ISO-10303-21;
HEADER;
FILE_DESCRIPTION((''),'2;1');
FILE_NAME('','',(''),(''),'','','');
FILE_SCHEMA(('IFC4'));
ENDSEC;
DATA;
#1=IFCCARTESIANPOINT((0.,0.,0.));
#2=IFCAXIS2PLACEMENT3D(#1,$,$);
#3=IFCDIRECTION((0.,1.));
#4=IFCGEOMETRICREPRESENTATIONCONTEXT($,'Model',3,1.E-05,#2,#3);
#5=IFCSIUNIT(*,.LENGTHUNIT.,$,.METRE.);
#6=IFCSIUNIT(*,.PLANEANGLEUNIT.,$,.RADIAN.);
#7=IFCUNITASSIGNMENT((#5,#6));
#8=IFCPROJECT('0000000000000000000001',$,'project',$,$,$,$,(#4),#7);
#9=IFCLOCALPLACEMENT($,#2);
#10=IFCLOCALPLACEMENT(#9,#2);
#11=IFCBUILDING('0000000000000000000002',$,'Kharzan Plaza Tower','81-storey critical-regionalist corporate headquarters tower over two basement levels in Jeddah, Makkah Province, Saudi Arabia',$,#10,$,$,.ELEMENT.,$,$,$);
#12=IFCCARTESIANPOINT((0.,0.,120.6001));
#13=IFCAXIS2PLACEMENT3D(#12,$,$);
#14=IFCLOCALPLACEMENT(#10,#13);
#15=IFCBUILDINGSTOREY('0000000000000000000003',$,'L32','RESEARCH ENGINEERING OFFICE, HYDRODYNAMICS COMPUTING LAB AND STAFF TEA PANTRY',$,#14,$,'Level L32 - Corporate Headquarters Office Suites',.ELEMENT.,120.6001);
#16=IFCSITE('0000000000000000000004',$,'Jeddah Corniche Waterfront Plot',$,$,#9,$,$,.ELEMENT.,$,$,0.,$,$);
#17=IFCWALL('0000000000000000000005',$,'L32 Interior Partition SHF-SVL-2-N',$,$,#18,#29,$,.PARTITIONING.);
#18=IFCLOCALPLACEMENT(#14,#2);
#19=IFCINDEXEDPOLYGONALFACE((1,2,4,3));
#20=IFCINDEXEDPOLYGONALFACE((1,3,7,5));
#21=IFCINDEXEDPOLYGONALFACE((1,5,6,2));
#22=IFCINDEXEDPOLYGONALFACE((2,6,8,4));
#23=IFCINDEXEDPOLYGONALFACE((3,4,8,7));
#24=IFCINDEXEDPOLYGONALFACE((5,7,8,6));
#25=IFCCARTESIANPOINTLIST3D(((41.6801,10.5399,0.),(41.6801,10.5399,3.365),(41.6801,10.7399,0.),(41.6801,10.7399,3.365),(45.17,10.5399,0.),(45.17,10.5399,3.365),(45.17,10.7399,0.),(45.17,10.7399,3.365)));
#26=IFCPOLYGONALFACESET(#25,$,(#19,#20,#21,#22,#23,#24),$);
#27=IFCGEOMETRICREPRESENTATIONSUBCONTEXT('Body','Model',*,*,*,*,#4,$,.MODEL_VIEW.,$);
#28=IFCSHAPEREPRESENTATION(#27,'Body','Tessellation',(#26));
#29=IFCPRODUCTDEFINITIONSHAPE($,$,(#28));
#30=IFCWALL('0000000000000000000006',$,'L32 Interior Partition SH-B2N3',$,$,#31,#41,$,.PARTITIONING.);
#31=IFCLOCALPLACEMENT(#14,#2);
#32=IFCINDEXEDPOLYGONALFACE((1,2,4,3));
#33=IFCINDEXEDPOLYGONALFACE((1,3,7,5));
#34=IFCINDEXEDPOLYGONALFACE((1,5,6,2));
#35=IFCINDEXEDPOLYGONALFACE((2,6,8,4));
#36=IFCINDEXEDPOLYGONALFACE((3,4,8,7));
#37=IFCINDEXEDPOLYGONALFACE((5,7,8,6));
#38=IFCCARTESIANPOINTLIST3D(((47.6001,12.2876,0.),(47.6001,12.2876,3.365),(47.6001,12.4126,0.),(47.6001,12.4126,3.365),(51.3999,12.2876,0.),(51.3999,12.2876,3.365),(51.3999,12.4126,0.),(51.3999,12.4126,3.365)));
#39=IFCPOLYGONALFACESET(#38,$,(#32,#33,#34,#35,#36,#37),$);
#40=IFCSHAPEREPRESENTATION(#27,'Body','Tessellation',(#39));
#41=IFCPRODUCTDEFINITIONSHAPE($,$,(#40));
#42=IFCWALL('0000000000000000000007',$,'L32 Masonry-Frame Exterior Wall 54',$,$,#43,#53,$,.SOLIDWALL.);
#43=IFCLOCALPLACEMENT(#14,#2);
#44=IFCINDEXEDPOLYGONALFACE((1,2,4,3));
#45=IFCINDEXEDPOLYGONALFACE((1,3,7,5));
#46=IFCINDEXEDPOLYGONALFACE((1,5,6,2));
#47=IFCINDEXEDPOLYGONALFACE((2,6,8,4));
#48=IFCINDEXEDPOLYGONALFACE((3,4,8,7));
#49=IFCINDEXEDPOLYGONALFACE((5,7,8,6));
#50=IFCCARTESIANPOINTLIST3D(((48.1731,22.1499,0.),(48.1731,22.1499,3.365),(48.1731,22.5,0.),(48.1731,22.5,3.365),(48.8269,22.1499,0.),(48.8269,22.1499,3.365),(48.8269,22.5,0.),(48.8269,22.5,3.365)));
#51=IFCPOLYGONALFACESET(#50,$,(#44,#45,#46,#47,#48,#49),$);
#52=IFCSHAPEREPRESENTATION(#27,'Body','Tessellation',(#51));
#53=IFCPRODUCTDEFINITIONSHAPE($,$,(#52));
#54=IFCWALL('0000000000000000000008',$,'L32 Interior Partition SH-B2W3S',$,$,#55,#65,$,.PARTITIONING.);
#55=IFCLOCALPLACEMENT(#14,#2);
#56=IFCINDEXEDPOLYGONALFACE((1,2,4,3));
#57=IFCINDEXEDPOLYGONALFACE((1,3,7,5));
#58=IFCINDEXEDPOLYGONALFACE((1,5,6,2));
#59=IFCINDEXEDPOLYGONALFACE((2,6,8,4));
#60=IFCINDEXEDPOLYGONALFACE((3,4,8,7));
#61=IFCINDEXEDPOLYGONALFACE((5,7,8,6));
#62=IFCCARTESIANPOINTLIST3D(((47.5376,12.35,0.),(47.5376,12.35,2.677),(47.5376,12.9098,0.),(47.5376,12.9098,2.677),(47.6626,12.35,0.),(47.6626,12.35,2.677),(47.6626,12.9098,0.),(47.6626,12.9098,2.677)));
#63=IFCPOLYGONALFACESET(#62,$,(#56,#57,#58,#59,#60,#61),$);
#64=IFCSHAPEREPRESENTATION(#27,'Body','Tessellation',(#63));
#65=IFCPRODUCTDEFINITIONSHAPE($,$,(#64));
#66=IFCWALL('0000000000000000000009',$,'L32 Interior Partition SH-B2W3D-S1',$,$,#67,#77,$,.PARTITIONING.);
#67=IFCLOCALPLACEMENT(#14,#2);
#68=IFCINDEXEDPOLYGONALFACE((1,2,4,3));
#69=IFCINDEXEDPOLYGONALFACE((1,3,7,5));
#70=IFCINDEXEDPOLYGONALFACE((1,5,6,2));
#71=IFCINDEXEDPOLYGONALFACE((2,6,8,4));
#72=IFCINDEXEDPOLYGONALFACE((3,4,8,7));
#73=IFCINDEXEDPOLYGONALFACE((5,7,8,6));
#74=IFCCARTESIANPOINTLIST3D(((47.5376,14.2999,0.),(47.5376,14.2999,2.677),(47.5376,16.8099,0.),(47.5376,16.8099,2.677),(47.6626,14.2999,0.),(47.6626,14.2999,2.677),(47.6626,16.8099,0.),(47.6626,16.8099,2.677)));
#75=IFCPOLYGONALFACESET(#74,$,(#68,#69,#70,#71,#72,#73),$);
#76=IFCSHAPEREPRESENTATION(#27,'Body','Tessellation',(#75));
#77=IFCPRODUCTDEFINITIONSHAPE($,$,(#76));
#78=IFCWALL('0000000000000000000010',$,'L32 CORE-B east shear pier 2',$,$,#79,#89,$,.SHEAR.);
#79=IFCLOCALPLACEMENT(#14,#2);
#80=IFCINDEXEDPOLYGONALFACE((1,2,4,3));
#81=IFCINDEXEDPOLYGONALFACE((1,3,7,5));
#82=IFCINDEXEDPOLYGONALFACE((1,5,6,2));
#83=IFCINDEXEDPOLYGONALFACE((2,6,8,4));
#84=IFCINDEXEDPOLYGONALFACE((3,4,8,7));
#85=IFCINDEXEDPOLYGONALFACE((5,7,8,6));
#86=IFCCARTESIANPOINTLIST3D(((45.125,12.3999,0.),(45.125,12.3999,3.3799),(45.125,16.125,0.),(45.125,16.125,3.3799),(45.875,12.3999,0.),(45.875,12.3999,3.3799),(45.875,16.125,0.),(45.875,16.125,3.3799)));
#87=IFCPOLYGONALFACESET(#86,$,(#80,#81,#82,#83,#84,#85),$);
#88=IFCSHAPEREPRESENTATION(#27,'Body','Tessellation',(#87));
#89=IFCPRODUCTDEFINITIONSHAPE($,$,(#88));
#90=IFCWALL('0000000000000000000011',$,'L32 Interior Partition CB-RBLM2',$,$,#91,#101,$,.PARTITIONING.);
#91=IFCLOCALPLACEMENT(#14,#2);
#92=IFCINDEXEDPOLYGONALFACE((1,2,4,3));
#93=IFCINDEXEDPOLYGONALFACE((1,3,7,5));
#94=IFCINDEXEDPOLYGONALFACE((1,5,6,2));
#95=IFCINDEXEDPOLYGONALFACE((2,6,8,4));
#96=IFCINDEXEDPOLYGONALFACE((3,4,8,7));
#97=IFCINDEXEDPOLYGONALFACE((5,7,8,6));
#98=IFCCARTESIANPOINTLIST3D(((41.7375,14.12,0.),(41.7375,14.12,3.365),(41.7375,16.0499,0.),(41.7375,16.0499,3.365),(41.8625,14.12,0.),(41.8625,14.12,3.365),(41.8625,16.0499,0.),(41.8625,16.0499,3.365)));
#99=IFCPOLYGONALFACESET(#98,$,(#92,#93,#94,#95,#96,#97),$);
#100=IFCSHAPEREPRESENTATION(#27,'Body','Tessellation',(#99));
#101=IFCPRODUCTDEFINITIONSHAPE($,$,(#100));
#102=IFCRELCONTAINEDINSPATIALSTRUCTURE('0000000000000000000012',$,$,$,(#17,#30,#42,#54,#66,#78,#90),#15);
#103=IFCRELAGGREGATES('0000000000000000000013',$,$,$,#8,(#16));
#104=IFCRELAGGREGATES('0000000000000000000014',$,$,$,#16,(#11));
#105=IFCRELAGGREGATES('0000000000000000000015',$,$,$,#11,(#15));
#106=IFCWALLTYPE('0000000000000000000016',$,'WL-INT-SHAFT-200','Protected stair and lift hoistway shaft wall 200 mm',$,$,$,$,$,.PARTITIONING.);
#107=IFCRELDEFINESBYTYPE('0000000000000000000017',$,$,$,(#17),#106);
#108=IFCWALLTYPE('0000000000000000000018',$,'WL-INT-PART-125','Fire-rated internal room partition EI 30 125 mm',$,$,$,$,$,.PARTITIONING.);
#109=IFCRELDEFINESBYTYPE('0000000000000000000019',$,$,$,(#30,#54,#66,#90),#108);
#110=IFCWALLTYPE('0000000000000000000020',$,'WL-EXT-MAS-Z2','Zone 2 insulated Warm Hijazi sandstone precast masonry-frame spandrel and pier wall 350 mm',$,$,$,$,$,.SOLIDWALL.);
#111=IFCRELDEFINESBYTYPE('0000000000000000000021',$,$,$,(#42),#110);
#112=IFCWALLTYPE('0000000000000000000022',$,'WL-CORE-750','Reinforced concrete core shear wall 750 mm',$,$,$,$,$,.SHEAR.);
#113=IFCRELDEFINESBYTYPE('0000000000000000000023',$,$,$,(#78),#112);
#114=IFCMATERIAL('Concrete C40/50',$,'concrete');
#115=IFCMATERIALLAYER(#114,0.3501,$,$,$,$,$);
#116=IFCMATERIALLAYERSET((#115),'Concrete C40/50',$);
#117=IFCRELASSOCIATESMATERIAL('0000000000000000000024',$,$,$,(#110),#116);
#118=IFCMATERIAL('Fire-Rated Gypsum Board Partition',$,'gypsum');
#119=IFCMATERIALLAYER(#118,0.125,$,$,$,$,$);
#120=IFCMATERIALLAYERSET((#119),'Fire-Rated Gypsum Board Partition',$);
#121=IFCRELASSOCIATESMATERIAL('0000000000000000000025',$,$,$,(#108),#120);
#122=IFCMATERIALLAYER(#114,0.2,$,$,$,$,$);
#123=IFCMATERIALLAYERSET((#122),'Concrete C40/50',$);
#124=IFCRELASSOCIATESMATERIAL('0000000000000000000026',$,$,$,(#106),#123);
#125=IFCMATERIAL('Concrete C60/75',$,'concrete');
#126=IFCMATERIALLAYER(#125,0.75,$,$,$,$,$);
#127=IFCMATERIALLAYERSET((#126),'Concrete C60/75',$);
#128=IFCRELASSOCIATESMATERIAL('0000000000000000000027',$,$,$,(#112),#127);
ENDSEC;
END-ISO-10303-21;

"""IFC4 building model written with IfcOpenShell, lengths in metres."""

from ifc_helpers import new_model, si_unit, direction, frame, frame_2d, origin, place, context, subcontext, project, spatial, rectangle, extrude, source, transform, mapped, material, layer, layer_set, type_object, element, save


model = new_model("IFC4")

# Units and contexts
model_context = context("Model", 3, precision=1e-05, world=origin(), true_north=direction((0.0, 1.0)))
body_context = subcontext(model_context, "Body", "Model", "MODEL_VIEW")
ifc_project = project(units=[si_unit("LENGTHUNIT", "METRE"), si_unit("PLANEANGLEUNIT", "RADIAN")], contexts=[model_context])

# Site, building, storey
site_placement = place(None, origin())
site = spatial("IfcSite", under=ifc_project, at=site_placement, Name="Jeddah Corniche Waterfront Plot", CompositionType="ELEMENT", RefElevation=0.0)
building_placement = place(site_placement, origin())
building = spatial("IfcBuilding", under=site, at=building_placement, Name="Kharzan Plaza Tower", Description="81-storey critical-regionalist corporate headquarters tower over two basement levels in Jeddah, Makkah Province, Saudi Arabia", CompositionType="ELEMENT")
storey_placement = place(building_placement, frame((0.0, 0.0, 120.6001)))
storey = spatial("IfcBuildingStorey", under=building, at=storey_placement, Name="L32", Description="RESEARCH ENGINEERING OFFICE, HYDRODYNAMICS COMPUTING LAB AND STAFF TEA PANTRY", LongName="Level L32 - Corporate Headquarters Office Suites", CompositionType="ELEMENT", Elevation=120.6001)

# Shared definitions
ifc_material_1 = material(Name="Concrete C60/75", Category="concrete")

# Shared definitions
ifc_material_2 = material(Name="Concrete C40/50", Category="concrete")
ifc_layer_1 = layer(ifc_material_2, 0.3501)
ifc_layer_set_1 = layer_set([ifc_layer_1], Name="Concrete C40/50")
wall_type_1 = type_object("IfcWallType", Name="WL-EXT-MAS-Z2", Description="Zone 2 insulated Warm Hijazi sandstone precast masonry-frame spandrel and pier wall 350 mm", PredefinedType="SOLIDWALL", material=ifc_layer_set_1)

# Shared definitions
ifc_material_3 = material(Name="Fire-Rated Gypsum Board Partition", Category="gypsum")
ifc_layer_2 = layer(ifc_material_3, 0.125)
ifc_layer_set_2 = layer_set([ifc_layer_2], Name="Fire-Rated Gypsum Board Partition")
wall_type_2 = type_object("IfcWallType", Name="WL-INT-PART-125", Description="Fire-rated internal room partition EI 30 125 mm", PredefinedType="PARTITIONING", material=ifc_layer_set_2)

# Walls
ifc_layer_3 = layer(ifc_material_2, 0.2)
ifc_layer_set_3 = layer_set([ifc_layer_3], Name="Concrete C40/50")
wall_type_3 = type_object("IfcWallType", Name="WL-INT-SHAFT-200", Description="Protected stair and lift hoistway shaft wall 200 mm", PredefinedType="PARTITIONING", material=ifc_layer_set_3)
shared_shape_1 = source(origin(), body_context, "Body", "SweptSolid", [
    extrude(rectangle(XDim=3.49, YDim=0.2, at=frame_2d((1.7451, 0.0))), origin(), (0.0, 0.0, 1.0), 3.365),
])
wall_1_placement = place(storey_placement, frame((41.6799, 10.6399, 0.0), z_axis=(0.0, 0.0, 1.0), x_axis=(1.0, 0.0, 0.0)))
element("IfcWall", 1, at=wall_1_placement, inside=storey, type_object=wall_type_3, Name="L32 Interior Partition SHF-SVL-2-N", PredefinedType="PARTITIONING", context=body_context, shape_type="MappedRepresentation", body=[
    mapped(shared_shape_1, transform((0.0, 0.0, 0.0), x_axis=(1.0, 0.0, 0.0), y_axis=(0.0, 1.0, 0.0), z_axis=(0.0, 0.0, 1.0))),
])
shared_shape_2 = source(origin(), body_context, "Body", "SweptSolid", [
    extrude(rectangle(XDim=3.7998, YDim=0.125, at=frame_2d((1.8999, 0.0))), origin(), (0.0, 0.0, 1.0), 3.365),
])
wall_2_placement = place(storey_placement, frame((47.6001, 12.3501, 0.0), z_axis=(0.0, 0.0, 1.0), x_axis=(1.0, 0.0, 0.0)))
element("IfcWall", 2, at=wall_2_placement, inside=storey, type_object=wall_type_2, Name="L32 Interior Partition SH-B2N3", PredefinedType="PARTITIONING", context=body_context, shape_type="MappedRepresentation", body=[
    mapped(shared_shape_2, transform((0.0, 0.0, 0.0), x_axis=(1.0, 0.0, 0.0), y_axis=(0.0, 1.0, 0.0), z_axis=(0.0, 0.0, 1.0))),
])
shared_shape_3 = source(origin(), body_context, "Body", "SweptSolid", [
    extrude(rectangle(XDim=0.6538, YDim=0.3501, at=frame_2d((0.3269, 0.0))), origin(), (0.0, 0.0, 1.0), 3.365),
])
wall_3_placement = place(storey_placement, frame((48.8269, 22.325, 0.0), z_axis=(0.0, 0.0, 1.0), x_axis=(-1.0, 0.0, 0.0)))
element("IfcWall", 3, at=wall_3_placement, inside=storey, type_object=wall_type_1, Name="L32 Masonry-Frame Exterior Wall 54", PredefinedType="SOLIDWALL", context=body_context, shape_type="MappedRepresentation", body=[
    mapped(shared_shape_3, transform((0.0, 0.0, 0.0), x_axis=(1.0, 0.0, 0.0), y_axis=(0.0, 1.0, 0.0), z_axis=(0.0, 0.0, 1.0))),
])
shared_shape_4 = source(origin(), body_context, "Body", "SweptSolid", [
    extrude(rectangle(XDim=0.5598, YDim=0.125, at=frame_2d((0.2798, 0.0))), origin(), (0.0, 0.0, 1.0), 2.677),
])
wall_4_placement = place(storey_placement, frame((47.6001, 12.3501, 0.0), z_axis=(0.0, 0.0, 1.0), x_axis=(0.0, 1.0, 0.0)))
element("IfcWall", 4, at=wall_4_placement, inside=storey, type_object=wall_type_2, Name="L32 Interior Partition SH-B2W3S", PredefinedType="PARTITIONING", context=body_context, shape_type="MappedRepresentation", body=[
    mapped(shared_shape_4, transform((0.0, 0.0, 0.0), x_axis=(1.0, 0.0, 0.0), y_axis=(0.0, 1.0, 0.0), z_axis=(0.0, 0.0, 1.0))),
])
shared_shape_5 = source(origin(), body_context, "Body", "SweptSolid", [
    extrude(rectangle(XDim=2.51, YDim=0.125, at=frame_2d((1.2549, 0.0))), origin(), (0.0, 0.0, 1.0), 2.677),
])
wall_5_placement = place(storey_placement, frame((47.6001, 14.3, 0.0), z_axis=(0.0, 0.0, 1.0), x_axis=(0.0, 1.0, 0.0)))
element("IfcWall", 5, at=wall_5_placement, inside=storey, type_object=wall_type_2, Name="L32 Interior Partition SH-B2W3D-S1", PredefinedType="PARTITIONING", context=body_context, shape_type="MappedRepresentation", body=[
    mapped(shared_shape_5, transform((0.0, 0.0, 0.0), x_axis=(1.0, 0.0, 0.0), y_axis=(0.0, 1.0, 0.0), z_axis=(0.0, 0.0, 1.0))),
])
ifc_layer_4 = layer(ifc_material_1, 0.75)
ifc_layer_set_4 = layer_set([ifc_layer_4], Name="Concrete C60/75")
wall_type_4 = type_object("IfcWallType", Name="WL-CORE-750", Description="Reinforced concrete core shear wall 750 mm", PredefinedType="SHEAR", material=ifc_layer_set_4)
shared_shape_6 = source(origin(), body_context, "Body", "SweptSolid", [
    extrude(rectangle(XDim=3.7251, YDim=0.75, at=frame_2d((1.8625, 0.0))), origin(), (0.0, 0.0, 1.0), 3.3799),
])
wall_6_placement = place(storey_placement, frame((45.5, 12.3999, 0.0), z_axis=(0.0, 0.0, 1.0), x_axis=(0.0, 1.0, 0.0)))
element("IfcWall", 6, at=wall_6_placement, inside=storey, type_object=wall_type_4, Name="L32 CORE-B east shear pier 2", PredefinedType="SHEAR", context=body_context, shape_type="MappedRepresentation", body=[
    mapped(shared_shape_6, transform((0.0, 0.0, 0.0), x_axis=(1.0, 0.0, 0.0), y_axis=(0.0, 1.0, 0.0), z_axis=(0.0, 0.0, 1.0))),
])
shared_shape_7 = source(origin(), body_context, "Body", "SweptSolid", [
    extrude(rectangle(XDim=1.9299, YDim=0.125, at=frame_2d((0.9648, 0.0))), origin(), (0.0, 0.0, 1.0), 3.365),
])
wall_7_placement = place(storey_placement, frame((41.8, 14.1201, 0.0), z_axis=(0.0, 0.0, 1.0), x_axis=(0.0, 1.0, 0.0)))
element("IfcWall", 7, at=wall_7_placement, inside=storey, type_object=wall_type_2, Name="L32 Interior Partition CB-RBLM2", PredefinedType="PARTITIONING", context=body_context, shape_type="MappedRepresentation", body=[
    mapped(shared_shape_7, transform((0.0, 0.0, 0.0), x_axis=(1.0, 0.0, 0.0), y_axis=(0.0, 1.0, 0.0), z_axis=(0.0, 0.0, 1.0))),
])

save(model, "model.ifc")
